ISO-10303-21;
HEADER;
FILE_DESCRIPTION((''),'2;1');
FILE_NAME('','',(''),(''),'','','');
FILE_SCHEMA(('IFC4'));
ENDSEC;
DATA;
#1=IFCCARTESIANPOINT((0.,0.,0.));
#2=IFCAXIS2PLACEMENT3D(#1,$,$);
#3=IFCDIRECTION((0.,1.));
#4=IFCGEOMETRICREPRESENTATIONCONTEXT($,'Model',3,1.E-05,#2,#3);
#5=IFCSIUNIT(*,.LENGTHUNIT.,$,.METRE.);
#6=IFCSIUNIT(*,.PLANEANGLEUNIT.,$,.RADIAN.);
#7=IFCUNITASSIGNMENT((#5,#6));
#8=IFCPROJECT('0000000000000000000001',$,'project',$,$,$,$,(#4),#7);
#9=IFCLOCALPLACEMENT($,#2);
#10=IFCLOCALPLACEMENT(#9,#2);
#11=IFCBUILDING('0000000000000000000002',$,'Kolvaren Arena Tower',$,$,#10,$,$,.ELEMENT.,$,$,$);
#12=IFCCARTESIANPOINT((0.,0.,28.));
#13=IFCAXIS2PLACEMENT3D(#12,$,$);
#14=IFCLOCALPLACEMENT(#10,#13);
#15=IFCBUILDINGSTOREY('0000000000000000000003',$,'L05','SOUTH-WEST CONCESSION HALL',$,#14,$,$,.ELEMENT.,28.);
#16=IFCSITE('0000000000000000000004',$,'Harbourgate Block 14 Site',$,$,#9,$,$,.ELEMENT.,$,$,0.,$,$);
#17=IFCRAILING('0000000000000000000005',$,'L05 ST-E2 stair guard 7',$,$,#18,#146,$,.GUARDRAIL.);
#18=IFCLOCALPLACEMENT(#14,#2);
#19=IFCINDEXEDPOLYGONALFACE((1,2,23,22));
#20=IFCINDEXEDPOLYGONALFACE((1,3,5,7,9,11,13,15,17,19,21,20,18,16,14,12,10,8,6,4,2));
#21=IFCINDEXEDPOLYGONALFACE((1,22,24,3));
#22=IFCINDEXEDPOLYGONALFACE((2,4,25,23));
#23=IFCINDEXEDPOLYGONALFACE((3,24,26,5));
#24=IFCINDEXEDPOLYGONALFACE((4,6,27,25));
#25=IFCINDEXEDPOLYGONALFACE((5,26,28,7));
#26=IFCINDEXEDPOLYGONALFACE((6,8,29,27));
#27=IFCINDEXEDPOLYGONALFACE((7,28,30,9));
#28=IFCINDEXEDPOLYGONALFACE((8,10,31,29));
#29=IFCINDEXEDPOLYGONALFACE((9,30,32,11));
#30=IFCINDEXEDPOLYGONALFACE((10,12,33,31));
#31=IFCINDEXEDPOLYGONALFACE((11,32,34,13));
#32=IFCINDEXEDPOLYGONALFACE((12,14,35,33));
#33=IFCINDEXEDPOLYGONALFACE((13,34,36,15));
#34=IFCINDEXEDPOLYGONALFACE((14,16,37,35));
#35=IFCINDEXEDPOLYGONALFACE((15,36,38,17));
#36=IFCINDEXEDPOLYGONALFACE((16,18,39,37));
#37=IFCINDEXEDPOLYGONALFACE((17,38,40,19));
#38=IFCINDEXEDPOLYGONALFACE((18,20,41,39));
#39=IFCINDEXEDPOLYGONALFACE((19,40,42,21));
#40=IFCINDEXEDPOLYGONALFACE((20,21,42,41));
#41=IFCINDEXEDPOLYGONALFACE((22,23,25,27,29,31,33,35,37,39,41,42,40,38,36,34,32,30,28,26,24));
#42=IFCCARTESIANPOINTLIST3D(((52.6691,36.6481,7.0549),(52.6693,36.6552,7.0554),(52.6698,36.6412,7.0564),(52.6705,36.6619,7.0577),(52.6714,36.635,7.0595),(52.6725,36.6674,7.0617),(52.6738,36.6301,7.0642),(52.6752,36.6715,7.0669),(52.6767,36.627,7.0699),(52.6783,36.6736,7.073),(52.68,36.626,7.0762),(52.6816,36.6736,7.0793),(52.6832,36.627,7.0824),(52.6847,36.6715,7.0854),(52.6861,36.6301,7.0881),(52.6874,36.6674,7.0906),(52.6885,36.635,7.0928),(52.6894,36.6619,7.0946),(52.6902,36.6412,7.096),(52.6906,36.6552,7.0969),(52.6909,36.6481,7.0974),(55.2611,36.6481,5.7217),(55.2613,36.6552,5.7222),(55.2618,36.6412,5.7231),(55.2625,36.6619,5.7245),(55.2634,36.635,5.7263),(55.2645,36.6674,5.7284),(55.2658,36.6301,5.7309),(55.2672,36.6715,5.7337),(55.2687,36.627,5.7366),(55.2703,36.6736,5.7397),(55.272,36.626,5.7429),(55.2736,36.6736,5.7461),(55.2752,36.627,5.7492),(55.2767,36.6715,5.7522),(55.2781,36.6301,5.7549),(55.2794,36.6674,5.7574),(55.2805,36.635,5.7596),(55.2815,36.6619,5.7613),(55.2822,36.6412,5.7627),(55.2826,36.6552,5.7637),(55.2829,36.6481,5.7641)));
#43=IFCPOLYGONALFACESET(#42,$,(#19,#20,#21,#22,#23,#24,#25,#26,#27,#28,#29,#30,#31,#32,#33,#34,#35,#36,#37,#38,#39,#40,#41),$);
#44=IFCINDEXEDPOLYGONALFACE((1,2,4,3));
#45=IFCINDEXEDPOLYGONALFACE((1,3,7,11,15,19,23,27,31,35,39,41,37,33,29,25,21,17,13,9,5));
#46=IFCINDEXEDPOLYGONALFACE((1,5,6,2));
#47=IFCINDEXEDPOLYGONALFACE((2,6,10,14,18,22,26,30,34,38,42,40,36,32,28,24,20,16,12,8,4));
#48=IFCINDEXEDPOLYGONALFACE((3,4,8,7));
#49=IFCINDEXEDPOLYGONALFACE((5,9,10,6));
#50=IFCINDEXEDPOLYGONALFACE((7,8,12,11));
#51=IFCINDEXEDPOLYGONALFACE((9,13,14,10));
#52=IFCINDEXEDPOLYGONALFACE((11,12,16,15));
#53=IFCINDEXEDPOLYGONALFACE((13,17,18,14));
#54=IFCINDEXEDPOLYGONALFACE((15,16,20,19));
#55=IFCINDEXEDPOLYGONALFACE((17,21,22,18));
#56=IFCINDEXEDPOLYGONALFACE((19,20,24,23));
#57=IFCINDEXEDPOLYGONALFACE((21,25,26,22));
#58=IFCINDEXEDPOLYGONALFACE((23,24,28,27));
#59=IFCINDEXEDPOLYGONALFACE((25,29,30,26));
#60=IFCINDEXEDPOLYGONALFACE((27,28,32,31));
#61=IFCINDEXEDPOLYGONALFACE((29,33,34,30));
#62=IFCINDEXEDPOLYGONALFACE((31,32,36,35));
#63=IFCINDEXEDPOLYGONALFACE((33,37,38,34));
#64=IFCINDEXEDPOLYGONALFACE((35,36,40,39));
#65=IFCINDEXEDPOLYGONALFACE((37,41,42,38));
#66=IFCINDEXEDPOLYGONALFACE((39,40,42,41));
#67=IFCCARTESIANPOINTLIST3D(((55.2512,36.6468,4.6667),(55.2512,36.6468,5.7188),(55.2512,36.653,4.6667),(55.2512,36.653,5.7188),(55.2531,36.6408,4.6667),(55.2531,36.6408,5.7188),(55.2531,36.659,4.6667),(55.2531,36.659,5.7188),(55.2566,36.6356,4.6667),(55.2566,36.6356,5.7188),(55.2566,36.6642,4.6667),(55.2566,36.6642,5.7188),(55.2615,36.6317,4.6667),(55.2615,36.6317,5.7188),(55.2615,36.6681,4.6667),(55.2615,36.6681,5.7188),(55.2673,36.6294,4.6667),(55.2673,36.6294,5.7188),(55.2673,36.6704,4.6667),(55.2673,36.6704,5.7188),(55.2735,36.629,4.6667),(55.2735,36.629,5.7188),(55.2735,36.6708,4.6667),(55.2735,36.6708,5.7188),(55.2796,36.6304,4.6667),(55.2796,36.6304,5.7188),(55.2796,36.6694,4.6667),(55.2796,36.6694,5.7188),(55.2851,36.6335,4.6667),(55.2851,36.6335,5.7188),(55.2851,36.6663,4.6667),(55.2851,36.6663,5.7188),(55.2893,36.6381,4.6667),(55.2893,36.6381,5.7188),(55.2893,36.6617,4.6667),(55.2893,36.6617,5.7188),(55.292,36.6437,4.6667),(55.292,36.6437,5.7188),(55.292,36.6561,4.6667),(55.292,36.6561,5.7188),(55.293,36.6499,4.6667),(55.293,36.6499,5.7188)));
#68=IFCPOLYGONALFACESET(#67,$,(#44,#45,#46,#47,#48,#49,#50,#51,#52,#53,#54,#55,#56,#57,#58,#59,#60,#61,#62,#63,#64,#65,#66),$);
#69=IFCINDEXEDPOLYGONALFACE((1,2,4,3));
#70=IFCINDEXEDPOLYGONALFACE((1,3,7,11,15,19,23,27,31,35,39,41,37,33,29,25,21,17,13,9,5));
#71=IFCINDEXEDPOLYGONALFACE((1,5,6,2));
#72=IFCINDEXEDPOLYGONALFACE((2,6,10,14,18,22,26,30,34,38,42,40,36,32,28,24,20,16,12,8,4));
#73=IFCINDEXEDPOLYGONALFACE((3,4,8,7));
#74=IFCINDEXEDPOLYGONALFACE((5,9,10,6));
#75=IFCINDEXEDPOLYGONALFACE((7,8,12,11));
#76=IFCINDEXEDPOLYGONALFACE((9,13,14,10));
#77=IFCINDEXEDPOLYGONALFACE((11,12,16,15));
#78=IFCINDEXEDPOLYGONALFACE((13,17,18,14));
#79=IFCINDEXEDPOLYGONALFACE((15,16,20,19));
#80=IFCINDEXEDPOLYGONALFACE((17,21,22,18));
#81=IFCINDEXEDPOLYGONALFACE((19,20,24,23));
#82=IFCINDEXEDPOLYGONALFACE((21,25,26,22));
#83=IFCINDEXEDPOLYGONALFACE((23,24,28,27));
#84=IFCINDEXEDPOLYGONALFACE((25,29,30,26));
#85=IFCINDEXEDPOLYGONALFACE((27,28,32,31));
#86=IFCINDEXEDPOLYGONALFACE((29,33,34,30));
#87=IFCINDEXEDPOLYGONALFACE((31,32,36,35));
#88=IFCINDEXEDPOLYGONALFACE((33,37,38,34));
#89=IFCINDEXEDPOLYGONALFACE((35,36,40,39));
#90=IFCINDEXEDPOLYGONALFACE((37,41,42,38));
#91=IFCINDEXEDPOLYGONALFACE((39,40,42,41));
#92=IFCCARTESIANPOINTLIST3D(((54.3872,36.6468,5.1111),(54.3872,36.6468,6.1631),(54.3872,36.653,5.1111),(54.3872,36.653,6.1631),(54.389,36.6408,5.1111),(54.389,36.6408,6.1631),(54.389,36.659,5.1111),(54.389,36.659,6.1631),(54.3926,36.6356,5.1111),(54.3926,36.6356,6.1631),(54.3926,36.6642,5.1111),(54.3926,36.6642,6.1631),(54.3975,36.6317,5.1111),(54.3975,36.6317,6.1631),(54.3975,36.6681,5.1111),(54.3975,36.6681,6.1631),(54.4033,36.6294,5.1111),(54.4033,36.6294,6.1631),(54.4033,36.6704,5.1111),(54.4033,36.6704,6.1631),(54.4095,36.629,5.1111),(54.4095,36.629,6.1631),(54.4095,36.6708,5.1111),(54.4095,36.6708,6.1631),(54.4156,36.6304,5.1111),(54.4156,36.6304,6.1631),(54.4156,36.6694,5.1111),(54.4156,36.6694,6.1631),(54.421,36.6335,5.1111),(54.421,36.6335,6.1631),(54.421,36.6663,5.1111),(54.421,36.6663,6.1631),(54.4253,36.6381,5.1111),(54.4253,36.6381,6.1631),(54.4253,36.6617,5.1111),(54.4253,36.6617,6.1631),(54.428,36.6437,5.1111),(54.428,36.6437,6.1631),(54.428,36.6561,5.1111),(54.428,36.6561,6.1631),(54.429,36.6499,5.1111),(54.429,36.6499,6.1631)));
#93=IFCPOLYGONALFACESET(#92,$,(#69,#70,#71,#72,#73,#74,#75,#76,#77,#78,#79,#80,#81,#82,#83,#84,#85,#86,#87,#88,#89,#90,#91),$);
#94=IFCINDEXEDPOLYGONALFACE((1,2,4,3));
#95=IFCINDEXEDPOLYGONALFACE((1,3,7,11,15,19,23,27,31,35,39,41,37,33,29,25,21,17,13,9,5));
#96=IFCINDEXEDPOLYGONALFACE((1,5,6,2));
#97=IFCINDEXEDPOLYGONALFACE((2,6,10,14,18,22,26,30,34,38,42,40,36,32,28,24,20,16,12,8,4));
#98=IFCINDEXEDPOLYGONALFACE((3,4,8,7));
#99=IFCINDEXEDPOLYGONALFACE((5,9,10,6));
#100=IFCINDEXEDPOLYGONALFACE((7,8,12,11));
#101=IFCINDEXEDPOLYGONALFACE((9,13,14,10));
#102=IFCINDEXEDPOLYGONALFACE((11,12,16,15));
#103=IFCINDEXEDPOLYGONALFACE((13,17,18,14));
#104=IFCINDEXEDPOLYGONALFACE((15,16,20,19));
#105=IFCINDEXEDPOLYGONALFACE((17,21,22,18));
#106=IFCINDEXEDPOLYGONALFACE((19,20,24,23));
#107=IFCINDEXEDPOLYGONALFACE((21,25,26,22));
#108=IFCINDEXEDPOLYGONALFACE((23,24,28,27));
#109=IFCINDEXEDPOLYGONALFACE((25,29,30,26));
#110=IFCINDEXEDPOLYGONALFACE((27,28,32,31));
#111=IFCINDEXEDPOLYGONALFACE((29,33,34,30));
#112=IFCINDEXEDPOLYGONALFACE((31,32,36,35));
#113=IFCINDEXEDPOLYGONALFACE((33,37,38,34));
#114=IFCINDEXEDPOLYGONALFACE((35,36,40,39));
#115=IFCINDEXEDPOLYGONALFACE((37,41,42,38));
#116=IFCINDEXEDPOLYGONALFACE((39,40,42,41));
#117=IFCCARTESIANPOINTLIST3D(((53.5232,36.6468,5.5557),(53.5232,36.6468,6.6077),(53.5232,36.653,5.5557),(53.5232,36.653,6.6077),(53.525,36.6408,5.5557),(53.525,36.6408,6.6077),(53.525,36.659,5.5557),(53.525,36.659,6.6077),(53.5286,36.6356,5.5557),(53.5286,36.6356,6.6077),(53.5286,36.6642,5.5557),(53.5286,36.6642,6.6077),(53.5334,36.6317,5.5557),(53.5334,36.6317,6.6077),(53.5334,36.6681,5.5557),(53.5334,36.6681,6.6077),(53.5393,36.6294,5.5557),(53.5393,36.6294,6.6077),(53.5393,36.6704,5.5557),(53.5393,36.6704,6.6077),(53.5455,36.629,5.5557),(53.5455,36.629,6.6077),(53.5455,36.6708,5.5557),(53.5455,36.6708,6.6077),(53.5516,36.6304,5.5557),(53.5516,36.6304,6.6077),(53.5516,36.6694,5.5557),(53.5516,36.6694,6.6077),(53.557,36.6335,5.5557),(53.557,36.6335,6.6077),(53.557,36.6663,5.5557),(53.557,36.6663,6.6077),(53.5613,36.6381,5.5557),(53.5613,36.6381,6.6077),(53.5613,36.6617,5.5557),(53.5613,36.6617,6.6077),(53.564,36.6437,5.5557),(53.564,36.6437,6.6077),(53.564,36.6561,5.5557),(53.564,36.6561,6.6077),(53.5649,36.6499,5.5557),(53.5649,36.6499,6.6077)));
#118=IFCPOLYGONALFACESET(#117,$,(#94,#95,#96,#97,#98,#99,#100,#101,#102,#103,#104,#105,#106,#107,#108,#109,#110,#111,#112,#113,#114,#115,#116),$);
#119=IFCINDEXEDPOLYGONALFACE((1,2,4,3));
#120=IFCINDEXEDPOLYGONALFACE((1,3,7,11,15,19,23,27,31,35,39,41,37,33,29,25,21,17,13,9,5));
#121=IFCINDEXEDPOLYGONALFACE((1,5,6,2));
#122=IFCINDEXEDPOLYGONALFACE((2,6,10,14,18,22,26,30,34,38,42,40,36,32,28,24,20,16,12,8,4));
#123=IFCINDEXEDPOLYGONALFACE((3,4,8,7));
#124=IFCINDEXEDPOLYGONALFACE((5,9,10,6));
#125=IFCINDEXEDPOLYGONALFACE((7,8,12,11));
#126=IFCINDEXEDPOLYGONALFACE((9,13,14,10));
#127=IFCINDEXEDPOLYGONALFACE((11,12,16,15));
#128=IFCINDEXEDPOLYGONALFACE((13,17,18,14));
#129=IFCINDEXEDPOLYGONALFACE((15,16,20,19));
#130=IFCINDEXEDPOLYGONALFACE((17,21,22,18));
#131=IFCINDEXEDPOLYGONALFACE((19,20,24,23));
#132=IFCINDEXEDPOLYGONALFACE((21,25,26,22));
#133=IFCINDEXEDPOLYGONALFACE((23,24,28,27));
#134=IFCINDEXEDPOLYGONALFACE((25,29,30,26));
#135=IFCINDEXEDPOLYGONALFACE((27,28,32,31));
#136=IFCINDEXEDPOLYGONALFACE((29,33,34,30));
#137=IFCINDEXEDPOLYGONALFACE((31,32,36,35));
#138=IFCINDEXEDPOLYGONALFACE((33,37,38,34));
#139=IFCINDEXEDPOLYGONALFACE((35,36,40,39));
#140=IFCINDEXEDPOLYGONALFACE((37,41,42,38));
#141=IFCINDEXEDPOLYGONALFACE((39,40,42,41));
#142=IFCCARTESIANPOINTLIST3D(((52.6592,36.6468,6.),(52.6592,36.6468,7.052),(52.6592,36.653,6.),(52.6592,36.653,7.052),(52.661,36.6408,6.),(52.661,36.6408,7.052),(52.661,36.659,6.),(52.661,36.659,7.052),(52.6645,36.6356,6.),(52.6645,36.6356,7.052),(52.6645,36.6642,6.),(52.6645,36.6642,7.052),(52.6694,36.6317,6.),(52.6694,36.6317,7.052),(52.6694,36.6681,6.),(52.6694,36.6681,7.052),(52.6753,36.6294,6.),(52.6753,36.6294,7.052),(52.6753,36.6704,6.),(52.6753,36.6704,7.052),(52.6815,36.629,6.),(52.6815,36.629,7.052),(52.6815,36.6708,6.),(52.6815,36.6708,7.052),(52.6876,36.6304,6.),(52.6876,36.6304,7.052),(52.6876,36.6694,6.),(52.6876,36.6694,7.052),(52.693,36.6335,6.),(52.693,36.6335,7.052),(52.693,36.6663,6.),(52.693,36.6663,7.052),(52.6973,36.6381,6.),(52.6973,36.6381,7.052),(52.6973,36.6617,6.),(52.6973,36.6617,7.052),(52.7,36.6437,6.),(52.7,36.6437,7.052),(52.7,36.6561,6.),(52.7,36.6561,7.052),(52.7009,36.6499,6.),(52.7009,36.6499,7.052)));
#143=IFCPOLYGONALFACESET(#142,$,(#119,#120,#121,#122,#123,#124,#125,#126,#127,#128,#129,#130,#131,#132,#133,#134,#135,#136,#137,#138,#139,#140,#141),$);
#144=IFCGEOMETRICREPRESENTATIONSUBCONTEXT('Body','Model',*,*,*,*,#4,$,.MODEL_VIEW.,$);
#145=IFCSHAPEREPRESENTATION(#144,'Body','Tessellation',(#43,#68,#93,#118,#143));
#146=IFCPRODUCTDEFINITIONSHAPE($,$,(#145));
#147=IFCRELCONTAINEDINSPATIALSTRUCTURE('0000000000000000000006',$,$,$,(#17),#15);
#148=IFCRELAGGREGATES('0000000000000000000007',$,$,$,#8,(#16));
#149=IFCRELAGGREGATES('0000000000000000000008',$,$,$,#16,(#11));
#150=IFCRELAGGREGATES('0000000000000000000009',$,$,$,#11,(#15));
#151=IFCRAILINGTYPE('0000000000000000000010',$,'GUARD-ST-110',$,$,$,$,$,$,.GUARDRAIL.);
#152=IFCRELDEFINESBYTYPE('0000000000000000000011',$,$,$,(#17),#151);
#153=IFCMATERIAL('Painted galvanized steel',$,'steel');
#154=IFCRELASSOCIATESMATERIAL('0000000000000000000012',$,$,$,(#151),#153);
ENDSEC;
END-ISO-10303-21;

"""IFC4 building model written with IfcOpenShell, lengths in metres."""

from ifc_helpers import new_model, si_unit, direction, frame, origin, origin_2d, place, context, subcontext, project, spatial, circle, extrude, material, type_object, element, save


model = new_model("IFC4")

# Units and contexts
model_context = context("Model", 3, precision=1e-05, world=origin(), true_north=direction((0.0, 1.0)))
body_context = subcontext(model_context, "Body", "Model", "MODEL_VIEW")
ifc_project = project(units=[si_unit("LENGTHUNIT", "METRE"), si_unit("PLANEANGLEUNIT", "RADIAN")], contexts=[model_context])

# Site, building, storey
site_placement = place(None, origin())
site = spatial("IfcSite", under=ifc_project, at=site_placement, Name="Harbourgate Block 14 Site", CompositionType="ELEMENT", RefElevation=0.0)
building_placement = place(site_placement, origin())
building = spatial("IfcBuilding", under=site, at=building_placement, Name="Kolvaren Arena Tower", CompositionType="ELEMENT")
storey_placement = place(building_placement, frame((0.0, 0.0, 28.0)))
storey = spatial("IfcBuildingStorey", under=building, at=storey_placement, Name="L05", Description="SOUTH-WEST CONCESSION HALL", CompositionType="ELEMENT", Elevation=28.0)

# Railing
ifc_material_1 = material(Name="Painted galvanized steel", Category="steel")
railing_type_1 = type_object("IfcRailingType", Name="GUARD-ST-110", PredefinedType="GUARDRAIL", material=ifc_material_1)
railing_1_placement = place(storey_placement, frame((55.272, 36.6499, 4.6667)))
element("IfcRailing", 1, at=railing_1_placement, inside=storey, type_object=railing_type_1, Name="L05 ST-E2 stair guard 7", PredefinedType="GUARDRAIL", context=body_context, shape_type="SweptSolid", body=[
    extrude(circle(Radius=0.0239, at=origin_2d()), frame((0.0, 0.0, 1.0762), z_axis=(-0.88926, 0.0, 0.457403), x_axis=(0.0, -1.0, 0.0)), (0.0, 0.0, 1.0), 2.9148),
    extrude(circle(Radius=0.021, at=origin_2d()), origin(), (0.0, 0.0, 1.0), 1.052),
    extrude(circle(Radius=0.021, at=origin_2d()), frame((-0.864, 0.0, 0.4443)), (0.0, 0.0, 1.0), 1.052),
    extrude(circle(Radius=0.021, at=origin_2d()), frame((-1.728, 0.0, 0.8889)), (0.0, 0.0, 1.0), 1.052),
    extrude(circle(Radius=0.021, at=origin_2d()), frame((-2.592, 0.0, 1.3333)), (0.0, 0.0, 1.0), 1.052),
])

save(model, "model.ifc")
